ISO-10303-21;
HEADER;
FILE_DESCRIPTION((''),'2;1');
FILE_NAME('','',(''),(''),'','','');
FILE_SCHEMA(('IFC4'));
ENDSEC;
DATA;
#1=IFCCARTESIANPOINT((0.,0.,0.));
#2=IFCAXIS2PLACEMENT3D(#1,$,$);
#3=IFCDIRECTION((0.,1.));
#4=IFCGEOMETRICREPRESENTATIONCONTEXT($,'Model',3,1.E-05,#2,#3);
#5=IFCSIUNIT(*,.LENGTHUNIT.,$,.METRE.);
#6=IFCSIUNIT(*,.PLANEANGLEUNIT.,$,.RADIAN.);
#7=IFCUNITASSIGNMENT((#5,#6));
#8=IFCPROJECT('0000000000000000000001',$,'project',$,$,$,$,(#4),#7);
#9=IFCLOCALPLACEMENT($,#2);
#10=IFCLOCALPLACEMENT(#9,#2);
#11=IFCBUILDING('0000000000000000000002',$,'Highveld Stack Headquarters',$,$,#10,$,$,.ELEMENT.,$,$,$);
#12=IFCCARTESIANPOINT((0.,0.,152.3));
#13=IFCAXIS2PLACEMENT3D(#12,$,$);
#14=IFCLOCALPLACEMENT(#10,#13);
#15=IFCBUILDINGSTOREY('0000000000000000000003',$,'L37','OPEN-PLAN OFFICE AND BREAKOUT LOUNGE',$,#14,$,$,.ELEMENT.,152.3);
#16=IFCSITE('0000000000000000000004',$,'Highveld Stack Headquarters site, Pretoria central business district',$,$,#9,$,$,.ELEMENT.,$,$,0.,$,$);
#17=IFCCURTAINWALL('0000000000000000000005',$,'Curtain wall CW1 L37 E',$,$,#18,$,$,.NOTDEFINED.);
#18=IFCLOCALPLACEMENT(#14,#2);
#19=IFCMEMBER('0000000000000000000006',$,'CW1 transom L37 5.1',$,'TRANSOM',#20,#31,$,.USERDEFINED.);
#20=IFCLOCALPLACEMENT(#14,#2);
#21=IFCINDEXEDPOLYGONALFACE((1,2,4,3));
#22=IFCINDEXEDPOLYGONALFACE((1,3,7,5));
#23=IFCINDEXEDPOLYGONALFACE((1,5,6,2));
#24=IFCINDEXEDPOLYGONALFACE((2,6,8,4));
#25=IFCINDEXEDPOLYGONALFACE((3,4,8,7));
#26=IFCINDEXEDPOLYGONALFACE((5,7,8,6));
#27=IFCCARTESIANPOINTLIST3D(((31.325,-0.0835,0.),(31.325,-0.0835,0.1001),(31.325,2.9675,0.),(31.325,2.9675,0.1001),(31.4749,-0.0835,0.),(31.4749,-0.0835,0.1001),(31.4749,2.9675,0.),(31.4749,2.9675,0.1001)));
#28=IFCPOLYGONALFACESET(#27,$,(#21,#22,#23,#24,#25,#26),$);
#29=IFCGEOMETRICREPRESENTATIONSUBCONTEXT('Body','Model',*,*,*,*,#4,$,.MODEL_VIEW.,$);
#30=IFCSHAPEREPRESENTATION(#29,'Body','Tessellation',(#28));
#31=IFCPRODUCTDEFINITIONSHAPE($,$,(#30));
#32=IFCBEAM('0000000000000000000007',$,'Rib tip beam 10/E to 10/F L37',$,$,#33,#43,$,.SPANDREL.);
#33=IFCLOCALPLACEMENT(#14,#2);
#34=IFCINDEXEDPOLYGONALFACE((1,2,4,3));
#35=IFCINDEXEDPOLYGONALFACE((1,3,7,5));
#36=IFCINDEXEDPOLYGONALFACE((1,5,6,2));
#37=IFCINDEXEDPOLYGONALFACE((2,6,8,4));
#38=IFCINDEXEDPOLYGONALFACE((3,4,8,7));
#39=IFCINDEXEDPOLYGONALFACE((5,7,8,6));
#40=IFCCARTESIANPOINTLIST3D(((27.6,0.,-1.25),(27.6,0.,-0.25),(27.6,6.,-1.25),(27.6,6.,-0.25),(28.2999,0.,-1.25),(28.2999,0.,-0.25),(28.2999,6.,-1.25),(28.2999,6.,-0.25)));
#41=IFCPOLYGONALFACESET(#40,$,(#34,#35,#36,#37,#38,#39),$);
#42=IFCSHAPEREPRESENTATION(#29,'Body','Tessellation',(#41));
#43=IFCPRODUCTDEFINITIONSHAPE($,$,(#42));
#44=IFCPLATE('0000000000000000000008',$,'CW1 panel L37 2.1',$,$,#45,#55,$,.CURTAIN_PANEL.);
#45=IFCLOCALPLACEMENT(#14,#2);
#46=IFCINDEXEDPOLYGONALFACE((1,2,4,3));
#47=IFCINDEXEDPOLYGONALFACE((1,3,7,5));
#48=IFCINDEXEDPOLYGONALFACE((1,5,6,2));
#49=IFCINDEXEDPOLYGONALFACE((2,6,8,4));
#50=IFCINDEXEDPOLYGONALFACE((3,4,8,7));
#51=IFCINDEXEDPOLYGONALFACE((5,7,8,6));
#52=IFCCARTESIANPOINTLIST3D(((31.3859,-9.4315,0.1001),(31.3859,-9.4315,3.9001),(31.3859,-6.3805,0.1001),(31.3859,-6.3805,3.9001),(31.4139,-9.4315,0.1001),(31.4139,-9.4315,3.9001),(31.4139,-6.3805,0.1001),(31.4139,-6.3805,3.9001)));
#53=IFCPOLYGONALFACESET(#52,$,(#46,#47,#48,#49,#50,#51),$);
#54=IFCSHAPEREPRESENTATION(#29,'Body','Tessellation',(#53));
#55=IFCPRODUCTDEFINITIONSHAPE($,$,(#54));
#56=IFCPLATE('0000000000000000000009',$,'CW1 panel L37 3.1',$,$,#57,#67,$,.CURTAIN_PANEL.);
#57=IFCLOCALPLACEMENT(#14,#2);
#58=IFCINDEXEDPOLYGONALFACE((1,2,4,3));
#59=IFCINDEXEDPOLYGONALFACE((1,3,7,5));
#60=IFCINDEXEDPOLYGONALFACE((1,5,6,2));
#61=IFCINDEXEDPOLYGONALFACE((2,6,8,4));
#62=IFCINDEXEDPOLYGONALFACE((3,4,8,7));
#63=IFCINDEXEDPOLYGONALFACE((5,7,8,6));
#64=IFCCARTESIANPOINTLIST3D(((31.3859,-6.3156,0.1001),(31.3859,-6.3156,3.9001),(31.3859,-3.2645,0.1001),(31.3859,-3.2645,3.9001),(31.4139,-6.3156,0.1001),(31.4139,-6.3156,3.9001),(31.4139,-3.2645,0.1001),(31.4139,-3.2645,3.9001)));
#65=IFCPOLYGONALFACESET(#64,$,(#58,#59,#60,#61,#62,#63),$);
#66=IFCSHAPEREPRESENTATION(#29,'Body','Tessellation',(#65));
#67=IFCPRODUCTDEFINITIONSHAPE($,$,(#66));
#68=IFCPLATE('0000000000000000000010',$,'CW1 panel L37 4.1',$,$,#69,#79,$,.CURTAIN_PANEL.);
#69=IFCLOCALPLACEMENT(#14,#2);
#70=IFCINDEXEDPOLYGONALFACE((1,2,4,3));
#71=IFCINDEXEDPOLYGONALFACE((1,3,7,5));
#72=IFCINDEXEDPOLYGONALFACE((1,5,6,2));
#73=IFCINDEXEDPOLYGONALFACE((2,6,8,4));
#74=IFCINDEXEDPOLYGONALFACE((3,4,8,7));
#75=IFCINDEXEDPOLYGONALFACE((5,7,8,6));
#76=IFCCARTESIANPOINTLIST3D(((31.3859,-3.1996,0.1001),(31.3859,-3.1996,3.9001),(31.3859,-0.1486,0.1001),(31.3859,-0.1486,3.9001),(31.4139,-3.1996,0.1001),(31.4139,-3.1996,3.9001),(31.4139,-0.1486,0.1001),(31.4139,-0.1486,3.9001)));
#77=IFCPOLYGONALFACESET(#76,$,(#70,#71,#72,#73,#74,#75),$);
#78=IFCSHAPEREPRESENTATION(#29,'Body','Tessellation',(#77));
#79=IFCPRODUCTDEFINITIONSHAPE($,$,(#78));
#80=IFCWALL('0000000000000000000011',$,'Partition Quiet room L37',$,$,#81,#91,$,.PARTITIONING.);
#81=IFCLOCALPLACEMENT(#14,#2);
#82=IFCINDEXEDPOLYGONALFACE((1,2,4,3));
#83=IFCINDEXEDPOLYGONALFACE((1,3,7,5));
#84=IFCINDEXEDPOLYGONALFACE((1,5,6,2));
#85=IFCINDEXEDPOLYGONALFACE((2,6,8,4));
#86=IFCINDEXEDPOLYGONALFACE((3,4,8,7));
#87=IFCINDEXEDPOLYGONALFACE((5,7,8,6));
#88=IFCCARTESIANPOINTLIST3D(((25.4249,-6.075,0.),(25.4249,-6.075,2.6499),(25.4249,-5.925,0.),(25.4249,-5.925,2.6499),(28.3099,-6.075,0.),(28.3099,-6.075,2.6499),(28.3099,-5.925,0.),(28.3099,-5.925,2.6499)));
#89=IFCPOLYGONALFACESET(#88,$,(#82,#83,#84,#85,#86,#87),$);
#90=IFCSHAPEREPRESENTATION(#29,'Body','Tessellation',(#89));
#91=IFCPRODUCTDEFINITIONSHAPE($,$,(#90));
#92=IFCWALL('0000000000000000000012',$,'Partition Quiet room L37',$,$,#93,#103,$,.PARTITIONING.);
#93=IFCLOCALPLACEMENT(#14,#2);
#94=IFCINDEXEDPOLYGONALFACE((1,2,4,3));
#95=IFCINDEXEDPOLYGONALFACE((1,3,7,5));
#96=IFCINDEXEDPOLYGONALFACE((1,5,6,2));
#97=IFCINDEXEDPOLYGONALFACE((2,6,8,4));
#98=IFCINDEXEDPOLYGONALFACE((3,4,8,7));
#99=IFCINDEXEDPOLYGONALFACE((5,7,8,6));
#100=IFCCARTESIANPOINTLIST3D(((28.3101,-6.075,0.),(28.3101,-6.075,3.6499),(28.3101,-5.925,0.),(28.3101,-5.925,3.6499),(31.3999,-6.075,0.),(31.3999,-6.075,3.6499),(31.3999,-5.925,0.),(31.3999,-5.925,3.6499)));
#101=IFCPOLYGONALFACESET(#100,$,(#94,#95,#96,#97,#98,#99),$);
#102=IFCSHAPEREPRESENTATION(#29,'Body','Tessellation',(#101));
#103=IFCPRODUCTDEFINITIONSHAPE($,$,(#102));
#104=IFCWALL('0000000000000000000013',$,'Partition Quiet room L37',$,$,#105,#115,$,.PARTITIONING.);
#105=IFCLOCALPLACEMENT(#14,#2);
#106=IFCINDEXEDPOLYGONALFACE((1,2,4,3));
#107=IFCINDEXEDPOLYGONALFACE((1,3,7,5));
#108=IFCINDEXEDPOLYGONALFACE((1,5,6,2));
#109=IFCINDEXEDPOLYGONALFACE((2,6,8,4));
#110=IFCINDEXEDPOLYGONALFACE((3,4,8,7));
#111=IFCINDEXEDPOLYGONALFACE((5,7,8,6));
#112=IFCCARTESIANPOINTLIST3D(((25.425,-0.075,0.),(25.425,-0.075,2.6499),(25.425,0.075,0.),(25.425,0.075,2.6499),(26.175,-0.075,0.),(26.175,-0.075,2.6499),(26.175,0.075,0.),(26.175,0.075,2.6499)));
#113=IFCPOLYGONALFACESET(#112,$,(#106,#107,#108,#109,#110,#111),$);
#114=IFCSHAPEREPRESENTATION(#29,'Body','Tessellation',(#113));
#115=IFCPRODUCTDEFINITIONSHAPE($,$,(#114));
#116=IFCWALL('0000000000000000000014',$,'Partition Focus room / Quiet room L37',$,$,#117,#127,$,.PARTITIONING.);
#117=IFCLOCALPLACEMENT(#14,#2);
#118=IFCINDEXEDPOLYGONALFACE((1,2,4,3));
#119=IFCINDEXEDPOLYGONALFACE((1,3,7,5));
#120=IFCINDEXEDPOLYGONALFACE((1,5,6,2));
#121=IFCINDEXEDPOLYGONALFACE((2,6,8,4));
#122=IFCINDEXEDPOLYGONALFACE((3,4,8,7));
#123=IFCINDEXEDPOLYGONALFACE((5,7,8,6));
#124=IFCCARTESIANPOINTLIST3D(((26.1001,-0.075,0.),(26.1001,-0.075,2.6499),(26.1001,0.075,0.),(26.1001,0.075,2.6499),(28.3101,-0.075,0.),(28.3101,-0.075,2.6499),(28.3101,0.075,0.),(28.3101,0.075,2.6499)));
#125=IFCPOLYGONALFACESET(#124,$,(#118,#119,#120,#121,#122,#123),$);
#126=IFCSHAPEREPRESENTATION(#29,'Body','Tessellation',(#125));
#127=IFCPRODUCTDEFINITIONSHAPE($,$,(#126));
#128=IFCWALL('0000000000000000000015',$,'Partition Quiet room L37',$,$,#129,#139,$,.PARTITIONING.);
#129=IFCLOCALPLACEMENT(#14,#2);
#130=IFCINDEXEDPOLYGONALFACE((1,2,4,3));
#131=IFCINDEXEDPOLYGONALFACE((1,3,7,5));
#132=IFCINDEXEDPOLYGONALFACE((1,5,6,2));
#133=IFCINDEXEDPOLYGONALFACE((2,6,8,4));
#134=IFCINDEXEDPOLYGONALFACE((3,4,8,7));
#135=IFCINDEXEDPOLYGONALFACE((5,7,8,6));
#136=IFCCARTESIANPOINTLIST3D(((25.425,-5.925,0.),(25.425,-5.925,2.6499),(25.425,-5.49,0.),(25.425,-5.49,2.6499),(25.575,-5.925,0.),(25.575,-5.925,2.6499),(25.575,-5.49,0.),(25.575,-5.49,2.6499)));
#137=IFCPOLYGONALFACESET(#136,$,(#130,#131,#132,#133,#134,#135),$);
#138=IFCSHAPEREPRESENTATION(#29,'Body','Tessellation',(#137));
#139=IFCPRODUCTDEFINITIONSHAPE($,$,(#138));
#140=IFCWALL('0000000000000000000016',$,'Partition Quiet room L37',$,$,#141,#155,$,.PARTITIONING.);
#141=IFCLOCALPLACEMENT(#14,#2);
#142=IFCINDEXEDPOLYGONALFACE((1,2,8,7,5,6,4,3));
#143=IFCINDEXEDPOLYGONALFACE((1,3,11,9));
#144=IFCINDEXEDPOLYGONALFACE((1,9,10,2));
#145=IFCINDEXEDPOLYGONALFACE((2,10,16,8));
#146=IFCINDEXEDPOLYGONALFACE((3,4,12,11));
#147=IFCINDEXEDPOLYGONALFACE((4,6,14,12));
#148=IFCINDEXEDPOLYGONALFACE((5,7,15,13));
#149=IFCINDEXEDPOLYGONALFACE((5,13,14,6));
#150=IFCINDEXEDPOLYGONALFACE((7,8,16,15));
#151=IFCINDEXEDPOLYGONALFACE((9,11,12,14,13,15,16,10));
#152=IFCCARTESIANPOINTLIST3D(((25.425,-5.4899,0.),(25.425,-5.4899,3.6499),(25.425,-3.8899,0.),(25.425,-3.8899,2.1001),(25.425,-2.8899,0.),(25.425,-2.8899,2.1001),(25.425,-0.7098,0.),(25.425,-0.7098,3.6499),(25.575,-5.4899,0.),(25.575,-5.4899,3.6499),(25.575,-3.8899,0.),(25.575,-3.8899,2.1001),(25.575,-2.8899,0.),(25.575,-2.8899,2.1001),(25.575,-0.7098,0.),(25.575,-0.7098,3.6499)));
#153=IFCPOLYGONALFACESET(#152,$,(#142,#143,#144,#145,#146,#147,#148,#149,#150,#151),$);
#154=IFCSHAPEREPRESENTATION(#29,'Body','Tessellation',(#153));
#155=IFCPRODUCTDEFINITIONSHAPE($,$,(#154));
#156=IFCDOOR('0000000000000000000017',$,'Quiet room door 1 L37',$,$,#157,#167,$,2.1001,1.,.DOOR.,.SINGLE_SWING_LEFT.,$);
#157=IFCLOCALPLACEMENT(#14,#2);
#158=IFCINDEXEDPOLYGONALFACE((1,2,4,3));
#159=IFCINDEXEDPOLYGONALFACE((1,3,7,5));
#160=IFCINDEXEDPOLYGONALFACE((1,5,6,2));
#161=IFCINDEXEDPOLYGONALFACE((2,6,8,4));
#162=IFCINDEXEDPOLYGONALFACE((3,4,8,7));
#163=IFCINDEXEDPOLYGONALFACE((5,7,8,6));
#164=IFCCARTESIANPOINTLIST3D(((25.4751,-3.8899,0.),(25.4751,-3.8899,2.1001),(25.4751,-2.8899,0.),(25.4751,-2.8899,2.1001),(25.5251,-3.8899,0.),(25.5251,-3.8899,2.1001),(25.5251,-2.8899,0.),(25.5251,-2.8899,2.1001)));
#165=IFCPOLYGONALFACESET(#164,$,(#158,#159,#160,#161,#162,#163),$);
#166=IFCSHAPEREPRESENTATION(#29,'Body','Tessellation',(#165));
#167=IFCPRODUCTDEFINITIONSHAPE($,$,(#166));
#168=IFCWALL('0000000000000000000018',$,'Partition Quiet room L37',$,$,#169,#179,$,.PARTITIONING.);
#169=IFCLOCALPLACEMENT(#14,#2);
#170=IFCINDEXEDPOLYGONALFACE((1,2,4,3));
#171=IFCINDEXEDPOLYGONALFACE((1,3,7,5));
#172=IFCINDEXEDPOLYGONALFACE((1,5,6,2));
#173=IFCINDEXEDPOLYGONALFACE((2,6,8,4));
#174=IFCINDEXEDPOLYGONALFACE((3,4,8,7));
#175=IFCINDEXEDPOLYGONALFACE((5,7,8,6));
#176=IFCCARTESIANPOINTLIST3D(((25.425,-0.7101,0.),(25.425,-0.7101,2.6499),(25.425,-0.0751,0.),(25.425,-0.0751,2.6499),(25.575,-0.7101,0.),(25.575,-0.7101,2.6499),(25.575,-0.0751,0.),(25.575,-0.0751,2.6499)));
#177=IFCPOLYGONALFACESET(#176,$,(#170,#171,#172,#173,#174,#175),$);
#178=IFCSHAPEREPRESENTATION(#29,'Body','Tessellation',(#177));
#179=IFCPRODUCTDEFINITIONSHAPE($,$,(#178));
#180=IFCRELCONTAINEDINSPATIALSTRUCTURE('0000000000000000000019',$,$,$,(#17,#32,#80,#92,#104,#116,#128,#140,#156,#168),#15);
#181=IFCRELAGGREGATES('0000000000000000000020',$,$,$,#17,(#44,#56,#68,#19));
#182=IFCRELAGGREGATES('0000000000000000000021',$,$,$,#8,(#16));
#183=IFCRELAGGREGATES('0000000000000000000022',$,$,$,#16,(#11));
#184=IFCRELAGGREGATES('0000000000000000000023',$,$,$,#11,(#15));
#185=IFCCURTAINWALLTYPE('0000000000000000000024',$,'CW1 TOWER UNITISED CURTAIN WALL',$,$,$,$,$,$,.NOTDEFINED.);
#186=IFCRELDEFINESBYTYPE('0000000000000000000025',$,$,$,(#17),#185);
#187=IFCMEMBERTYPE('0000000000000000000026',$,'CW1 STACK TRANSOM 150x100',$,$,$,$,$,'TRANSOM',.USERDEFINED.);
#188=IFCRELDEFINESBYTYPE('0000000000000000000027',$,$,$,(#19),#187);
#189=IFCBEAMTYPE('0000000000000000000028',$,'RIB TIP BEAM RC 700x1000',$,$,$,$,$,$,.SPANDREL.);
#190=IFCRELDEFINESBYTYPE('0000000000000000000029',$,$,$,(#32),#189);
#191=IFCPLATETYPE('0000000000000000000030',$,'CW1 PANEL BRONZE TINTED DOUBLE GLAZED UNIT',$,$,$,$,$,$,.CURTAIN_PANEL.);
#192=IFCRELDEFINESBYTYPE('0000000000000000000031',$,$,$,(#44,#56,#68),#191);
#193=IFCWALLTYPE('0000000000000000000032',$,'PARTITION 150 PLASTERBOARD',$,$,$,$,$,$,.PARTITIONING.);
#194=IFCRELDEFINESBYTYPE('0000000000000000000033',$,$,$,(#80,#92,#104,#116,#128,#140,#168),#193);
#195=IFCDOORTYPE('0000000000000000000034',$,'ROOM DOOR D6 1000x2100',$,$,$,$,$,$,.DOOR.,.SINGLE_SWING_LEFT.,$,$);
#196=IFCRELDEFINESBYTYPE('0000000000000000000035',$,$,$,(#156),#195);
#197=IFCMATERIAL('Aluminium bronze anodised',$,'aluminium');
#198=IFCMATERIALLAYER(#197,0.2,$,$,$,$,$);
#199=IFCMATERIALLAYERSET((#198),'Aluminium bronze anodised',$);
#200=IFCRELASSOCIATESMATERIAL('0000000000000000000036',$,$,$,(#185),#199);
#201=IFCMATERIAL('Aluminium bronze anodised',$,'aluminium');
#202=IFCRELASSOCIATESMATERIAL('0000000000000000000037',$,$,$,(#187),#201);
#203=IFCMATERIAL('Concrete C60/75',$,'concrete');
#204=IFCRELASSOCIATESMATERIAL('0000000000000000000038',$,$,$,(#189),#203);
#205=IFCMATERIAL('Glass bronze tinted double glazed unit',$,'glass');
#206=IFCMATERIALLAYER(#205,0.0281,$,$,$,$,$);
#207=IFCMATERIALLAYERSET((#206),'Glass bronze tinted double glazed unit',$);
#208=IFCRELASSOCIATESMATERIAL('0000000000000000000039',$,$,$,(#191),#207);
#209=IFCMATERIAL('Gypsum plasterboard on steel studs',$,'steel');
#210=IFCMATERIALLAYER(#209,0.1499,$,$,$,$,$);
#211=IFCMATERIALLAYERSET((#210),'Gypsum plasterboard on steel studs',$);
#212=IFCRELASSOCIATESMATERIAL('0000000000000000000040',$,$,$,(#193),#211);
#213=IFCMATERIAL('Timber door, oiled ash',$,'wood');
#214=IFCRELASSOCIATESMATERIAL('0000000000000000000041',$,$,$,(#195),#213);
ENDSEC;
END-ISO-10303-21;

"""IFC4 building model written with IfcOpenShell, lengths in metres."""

from ifc_helpers import new_model, si_unit, direction, frame, frame_2d, origin, origin_2d, place, context, subcontext, project, spatial, rectangle, extrude, material, layer, layer_set, material_profile, profile_set, type_object, element, fill, aggregate, save


model = new_model("IFC4")

# Units and contexts
model_context = context("Model", 3, precision=1e-05, world=origin(), true_north=direction((0.0, 1.0)))
body_context = subcontext(model_context, "Body", "Model", "MODEL_VIEW")
ifc_project = project(units=[si_unit("LENGTHUNIT", "METRE"), si_unit("PLANEANGLEUNIT", "RADIAN")], contexts=[model_context])

# Site, building, storey
site_placement = place(None, origin())
site = spatial("IfcSite", under=ifc_project, at=site_placement, Name="Highveld Stack Headquarters site, Pretoria central business district", CompositionType="ELEMENT", RefElevation=0.0)
building_placement = place(site_placement, origin())
building = spatial("IfcBuilding", under=site, at=building_placement, Name="Highveld Stack Headquarters", CompositionType="ELEMENT")
storey_placement = place(building_placement, frame((0.0, 0.0, 152.3)))
storey = spatial("IfcBuildingStorey", under=building, at=storey_placement, Name="L37", Description="OPEN-PLAN OFFICE AND BREAKOUT LOUNGE", CompositionType="ELEMENT", Elevation=152.3)

# Curtain wall, member
ifc_material_1 = material(Name="Aluminium bronze anodised", Category="aluminium")
ifc_layer_1 = layer(ifc_material_1, 0.2)
ifc_layer_set_1 = layer_set([ifc_layer_1], Name="Aluminium bronze anodised")
curtain_wall_type = type_object("IfcCurtainWallType", Name="CW1 TOWER UNITISED CURTAIN WALL", PredefinedType="NOTDEFINED", material=ifc_layer_set_1)
curtain_wall_placement = place(storey_placement, origin())
curtain_wall = element("IfcCurtainWall", 1, at=curtain_wall_placement, inside=storey, type_object=curtain_wall_type, Name="Curtain wall CW1 L37 E", PredefinedType="NOTDEFINED")
ifc_material_2 = material(Name="Aluminium bronze anodised", Category="aluminium")
ifc_material_profile_1 = material_profile(ifc_material_2, rectangle(XDim=0.1499, YDim=0.1001, at=origin_2d()), Name="CW1 TRANSOM 150x100")
ifc_profile_set_1 = profile_set([ifc_material_profile_1], Name="Aluminium bronze anodised")
member_type_1 = type_object("IfcMemberType", Name="CW1 STACK TRANSOM 150x100", ElementType="TRANSOM", PredefinedType="USERDEFINED", material=ifc_profile_set_1)
member_1_placement = place(storey_placement, frame((31.3999, -0.0835, 0.05), z_axis=(0.0, 1.0, 0.0), x_axis=(-1.0, 0.0, 0.0)))
member_1 = element("IfcMember", 2, at=member_1_placement, type_object=member_type_1, Name="CW1 transom L37 5.1", ObjectType="TRANSOM", PredefinedType="USERDEFINED", context=body_context, shape_type="SweptSolid", body=[
    extrude(rectangle(XDim=0.1499, YDim=0.1001, at=origin_2d()), origin(), (0.0, 0.0, 1.0), 3.051),
])

# Beam
ifc_material_3 = material(Name="Concrete C60/75", Category="concrete")
ifc_material_profile_2 = material_profile(ifc_material_3, rectangle(XDim=0.7, YDim=1.0, at=origin_2d()), Name="RC 700x1000")
ifc_profile_set_2 = profile_set([ifc_material_profile_2], Name="Concrete C60/75")
beam_type_1 = type_object("IfcBeamType", Name="RIB TIP BEAM RC 700x1000", PredefinedType="SPANDREL", material=ifc_profile_set_2)
beam_1_placement = place(storey_placement, frame((27.95, 0.0, -0.75), z_axis=(0.0, 1.0, 0.0), x_axis=(-1.0, 0.0, 0.0)))
element("IfcBeam", 3, at=beam_1_placement, inside=storey, type_object=beam_type_1, Name="Rib tip beam 10/E to 10/F L37", PredefinedType="SPANDREL", context=body_context, shape_type="SweptSolid", body=[
    extrude(rectangle(XDim=0.7, YDim=1.0, at=origin_2d()), origin(), (0.0, 0.0, 1.0), 6.0),
])

# Plates
ifc_material_4 = material(Name="Glass bronze tinted double glazed unit", Category="glass")
ifc_layer_2 = layer(ifc_material_4, 0.0281)
ifc_layer_set_2 = layer_set([ifc_layer_2], Name="Glass bronze tinted double glazed unit")
plate_type = type_object("IfcPlateType", Name="CW1 PANEL BRONZE TINTED DOUBLE GLAZED UNIT", PredefinedType="CURTAIN_PANEL", material=ifc_layer_set_2)
plate_1_placement = place(storey_placement, frame((31.3999, -7.906, 0.1001), z_axis=(0.0, 0.0, 1.0), x_axis=(0.0, 1.0, 0.0)))
plate_1 = element("IfcPlate", 4, at=plate_1_placement, type_object=plate_type, Name="CW1 panel L37 2.1", PredefinedType="CURTAIN_PANEL", context=body_context, shape_type="SweptSolid", body=[
    extrude(rectangle(XDim=3.051, YDim=0.0281, at=origin_2d()), origin(), (0.0, 0.0, 1.0), 3.8),
])
plate_2_placement = place(storey_placement, frame((31.3999, -4.79, 0.1001), z_axis=(0.0, 0.0, 1.0), x_axis=(0.0, 1.0, 0.0)))
plate_2 = element("IfcPlate", 5, at=plate_2_placement, type_object=plate_type, Name="CW1 panel L37 3.1", PredefinedType="CURTAIN_PANEL", context=body_context, shape_type="SweptSolid", body=[
    extrude(rectangle(XDim=3.051, YDim=0.0281, at=origin_2d()), origin(), (0.0, 0.0, 1.0), 3.8),
])
plate_3_placement = place(storey_placement, frame((31.3999, -1.6741, 0.1001), z_axis=(0.0, 0.0, 1.0), x_axis=(0.0, 1.0, 0.0)))
plate_3 = element("IfcPlate", 6, at=plate_3_placement, type_object=plate_type, Name="CW1 panel L37 4.1", PredefinedType="CURTAIN_PANEL", context=body_context, shape_type="SweptSolid", body=[
    extrude(rectangle(XDim=3.051, YDim=0.0281, at=origin_2d()), origin(), (0.0, 0.0, 1.0), 3.8),
])
aggregate(curtain_wall, [plate_1, plate_2, plate_3, member_1])

# Walls
ifc_material_5 = material(Name="Gypsum plasterboard on steel studs", Category="steel")
ifc_layer_3 = layer(ifc_material_5, 0.1499)
ifc_layer_set_3 = layer_set([ifc_layer_3], Name="Gypsum plasterboard on steel studs")
wall_type = type_object("IfcWallType", Name="PARTITION 150 PLASTERBOARD", PredefinedType="PARTITIONING", material=ifc_layer_set_3)
wall_1_placement = place(storey_placement, frame((25.425, -6.0, 0.0), z_axis=(0.0, 0.0, 1.0), x_axis=(1.0, 0.0, 0.0)))
element("IfcWall", 7, at=wall_1_placement, inside=storey, type_object=wall_type, Name="Partition Quiet room L37", PredefinedType="PARTITIONING", context=body_context, shape_type="SweptSolid", body=[
    extrude(rectangle(XDim=2.885, YDim=0.1499, at=frame_2d((1.4424, 0.0))), origin(), (0.0, 0.0, 1.0), 2.6499),
])
wall_2_placement = place(storey_placement, frame((28.3101, -6.0, 0.0), z_axis=(0.0, 0.0, 1.0), x_axis=(1.0, 0.0, 0.0)))
element("IfcWall", 8, at=wall_2_placement, inside=storey, type_object=wall_type, Name="Partition Quiet room L37", PredefinedType="PARTITIONING", context=body_context, shape_type="SweptSolid", body=[
    extrude(rectangle(XDim=3.0898, YDim=0.1499, at=frame_2d((1.5449, 0.0))), origin(), (0.0, 0.0, 1.0), 3.6499),
])
wall_3_placement = place(storey_placement, frame((25.425, 0.0, 0.0), z_axis=(0.0, 0.0, 1.0), x_axis=(1.0, 0.0, 0.0)))
element("IfcWall", 9, at=wall_3_placement, inside=storey, type_object=wall_type, Name="Partition Quiet room L37", PredefinedType="PARTITIONING", context=body_context, shape_type="SweptSolid", body=[
    extrude(rectangle(XDim=0.75, YDim=0.1499, at=frame_2d((0.375, 0.0))), origin(), (0.0, 0.0, 1.0), 2.6499),
])
wall_4_placement = place(storey_placement, frame((26.1001, 0.0, 0.0), z_axis=(0.0, 0.0, 1.0), x_axis=(1.0, 0.0, 0.0)))
element("IfcWall", 10, at=wall_4_placement, inside=storey, type_object=wall_type, Name="Partition Focus room / Quiet room L37", PredefinedType="PARTITIONING", context=body_context, shape_type="SweptSolid", body=[
    extrude(rectangle(XDim=2.21, YDim=0.1499, at=frame_2d((1.105, 0.0))), origin(), (0.0, 0.0, 1.0), 2.6499),
])
wall_5_placement = place(storey_placement, frame((25.5, -5.925, 0.0), z_axis=(0.0, 0.0, 1.0), x_axis=(0.0, 1.0, 0.0)))
element("IfcWall", 11, at=wall_5_placement, inside=storey, type_object=wall_type, Name="Partition Quiet room L37", PredefinedType="PARTITIONING", context=body_context, shape_type="SweptSolid", body=[
    extrude(rectangle(XDim=0.4351, YDim=0.1499, at=frame_2d((0.2175, 0.0))), origin(), (0.0, 0.0, 1.0), 2.6499),
])

# Wall, opening, door
wall_6_placement = place(storey_placement, frame((25.5, -5.49, 0.0), z_axis=(0.0, 0.0, 1.0), x_axis=(0.0, 1.0, 0.0)))
wall_6 = element("IfcWall", 12, at=wall_6_placement, inside=storey, type_object=wall_type, Name="Partition Quiet room L37", PredefinedType="PARTITIONING", context=body_context, shape_type="SweptSolid", body=[
    extrude(rectangle(XDim=4.78, YDim=0.1499, at=frame_2d((2.3901, 0.0))), origin(), (0.0, 0.0, 1.0), 3.6499),
])
opening_placement = place(wall_6_placement, frame((1.6001, 0.0, 0.0)))
opening = element("IfcOpeningElement", 13, at=opening_placement, cuts=wall_6, PredefinedType="OPENING", context=body_context, shape_type="SweptSolid", body=[
    extrude(rectangle(XDim=1.0, YDim=2.1001, at=frame_2d((0.5, 1.05))), frame((0.0, 0.085, 0.0), z_axis=(0.0, -1.0, 0.0), x_axis=(1.0, 0.0, 0.0)), (0.0, 0.0, 1.0), 0.1699),
])
ifc_material_6 = material(Name="Timber door, oiled ash", Category="wood")
door_type = type_object("IfcDoorType", Name="ROOM DOOR D6 1000x2100", OperationType="SINGLE_SWING_LEFT", PredefinedType="DOOR", material=ifc_material_6)
door_placement = place(opening_placement, origin())
door = element("IfcDoor", 14, at=door_placement, inside=storey, type_object=door_type, Name="Quiet room door 1 L37", OperationType="SINGLE_SWING_LEFT", OverallHeight=2.1001, OverallWidth=1.0, PredefinedType="DOOR", context=body_context, shape_type="SweptSolid", body=[
    extrude(rectangle(XDim=1.0, YDim=2.1001, at=frame_2d((0.5, 1.05))), frame((0.0, 0.0249, 0.0), z_axis=(0.0, -1.0, 0.0), x_axis=(1.0, 0.0, 0.0)), (0.0, 0.0, 1.0), 0.05),
])
fill(opening, door)

# Wall
wall_7_placement = place(storey_placement, frame((25.5, -0.71, 0.0), z_axis=(0.0, 0.0, 1.0), x_axis=(0.0, 1.0, 0.0)))
element("IfcWall", 15, at=wall_7_placement, inside=storey, type_object=wall_type, Name="Partition Quiet room L37", PredefinedType="PARTITIONING", context=body_context, shape_type="SweptSolid", body=[
    extrude(rectangle(XDim=0.635, YDim=0.1499, at=frame_2d((0.3174, 0.0))), origin(), (0.0, 0.0, 1.0), 2.6499),
])

save(model, "model.ifc")
